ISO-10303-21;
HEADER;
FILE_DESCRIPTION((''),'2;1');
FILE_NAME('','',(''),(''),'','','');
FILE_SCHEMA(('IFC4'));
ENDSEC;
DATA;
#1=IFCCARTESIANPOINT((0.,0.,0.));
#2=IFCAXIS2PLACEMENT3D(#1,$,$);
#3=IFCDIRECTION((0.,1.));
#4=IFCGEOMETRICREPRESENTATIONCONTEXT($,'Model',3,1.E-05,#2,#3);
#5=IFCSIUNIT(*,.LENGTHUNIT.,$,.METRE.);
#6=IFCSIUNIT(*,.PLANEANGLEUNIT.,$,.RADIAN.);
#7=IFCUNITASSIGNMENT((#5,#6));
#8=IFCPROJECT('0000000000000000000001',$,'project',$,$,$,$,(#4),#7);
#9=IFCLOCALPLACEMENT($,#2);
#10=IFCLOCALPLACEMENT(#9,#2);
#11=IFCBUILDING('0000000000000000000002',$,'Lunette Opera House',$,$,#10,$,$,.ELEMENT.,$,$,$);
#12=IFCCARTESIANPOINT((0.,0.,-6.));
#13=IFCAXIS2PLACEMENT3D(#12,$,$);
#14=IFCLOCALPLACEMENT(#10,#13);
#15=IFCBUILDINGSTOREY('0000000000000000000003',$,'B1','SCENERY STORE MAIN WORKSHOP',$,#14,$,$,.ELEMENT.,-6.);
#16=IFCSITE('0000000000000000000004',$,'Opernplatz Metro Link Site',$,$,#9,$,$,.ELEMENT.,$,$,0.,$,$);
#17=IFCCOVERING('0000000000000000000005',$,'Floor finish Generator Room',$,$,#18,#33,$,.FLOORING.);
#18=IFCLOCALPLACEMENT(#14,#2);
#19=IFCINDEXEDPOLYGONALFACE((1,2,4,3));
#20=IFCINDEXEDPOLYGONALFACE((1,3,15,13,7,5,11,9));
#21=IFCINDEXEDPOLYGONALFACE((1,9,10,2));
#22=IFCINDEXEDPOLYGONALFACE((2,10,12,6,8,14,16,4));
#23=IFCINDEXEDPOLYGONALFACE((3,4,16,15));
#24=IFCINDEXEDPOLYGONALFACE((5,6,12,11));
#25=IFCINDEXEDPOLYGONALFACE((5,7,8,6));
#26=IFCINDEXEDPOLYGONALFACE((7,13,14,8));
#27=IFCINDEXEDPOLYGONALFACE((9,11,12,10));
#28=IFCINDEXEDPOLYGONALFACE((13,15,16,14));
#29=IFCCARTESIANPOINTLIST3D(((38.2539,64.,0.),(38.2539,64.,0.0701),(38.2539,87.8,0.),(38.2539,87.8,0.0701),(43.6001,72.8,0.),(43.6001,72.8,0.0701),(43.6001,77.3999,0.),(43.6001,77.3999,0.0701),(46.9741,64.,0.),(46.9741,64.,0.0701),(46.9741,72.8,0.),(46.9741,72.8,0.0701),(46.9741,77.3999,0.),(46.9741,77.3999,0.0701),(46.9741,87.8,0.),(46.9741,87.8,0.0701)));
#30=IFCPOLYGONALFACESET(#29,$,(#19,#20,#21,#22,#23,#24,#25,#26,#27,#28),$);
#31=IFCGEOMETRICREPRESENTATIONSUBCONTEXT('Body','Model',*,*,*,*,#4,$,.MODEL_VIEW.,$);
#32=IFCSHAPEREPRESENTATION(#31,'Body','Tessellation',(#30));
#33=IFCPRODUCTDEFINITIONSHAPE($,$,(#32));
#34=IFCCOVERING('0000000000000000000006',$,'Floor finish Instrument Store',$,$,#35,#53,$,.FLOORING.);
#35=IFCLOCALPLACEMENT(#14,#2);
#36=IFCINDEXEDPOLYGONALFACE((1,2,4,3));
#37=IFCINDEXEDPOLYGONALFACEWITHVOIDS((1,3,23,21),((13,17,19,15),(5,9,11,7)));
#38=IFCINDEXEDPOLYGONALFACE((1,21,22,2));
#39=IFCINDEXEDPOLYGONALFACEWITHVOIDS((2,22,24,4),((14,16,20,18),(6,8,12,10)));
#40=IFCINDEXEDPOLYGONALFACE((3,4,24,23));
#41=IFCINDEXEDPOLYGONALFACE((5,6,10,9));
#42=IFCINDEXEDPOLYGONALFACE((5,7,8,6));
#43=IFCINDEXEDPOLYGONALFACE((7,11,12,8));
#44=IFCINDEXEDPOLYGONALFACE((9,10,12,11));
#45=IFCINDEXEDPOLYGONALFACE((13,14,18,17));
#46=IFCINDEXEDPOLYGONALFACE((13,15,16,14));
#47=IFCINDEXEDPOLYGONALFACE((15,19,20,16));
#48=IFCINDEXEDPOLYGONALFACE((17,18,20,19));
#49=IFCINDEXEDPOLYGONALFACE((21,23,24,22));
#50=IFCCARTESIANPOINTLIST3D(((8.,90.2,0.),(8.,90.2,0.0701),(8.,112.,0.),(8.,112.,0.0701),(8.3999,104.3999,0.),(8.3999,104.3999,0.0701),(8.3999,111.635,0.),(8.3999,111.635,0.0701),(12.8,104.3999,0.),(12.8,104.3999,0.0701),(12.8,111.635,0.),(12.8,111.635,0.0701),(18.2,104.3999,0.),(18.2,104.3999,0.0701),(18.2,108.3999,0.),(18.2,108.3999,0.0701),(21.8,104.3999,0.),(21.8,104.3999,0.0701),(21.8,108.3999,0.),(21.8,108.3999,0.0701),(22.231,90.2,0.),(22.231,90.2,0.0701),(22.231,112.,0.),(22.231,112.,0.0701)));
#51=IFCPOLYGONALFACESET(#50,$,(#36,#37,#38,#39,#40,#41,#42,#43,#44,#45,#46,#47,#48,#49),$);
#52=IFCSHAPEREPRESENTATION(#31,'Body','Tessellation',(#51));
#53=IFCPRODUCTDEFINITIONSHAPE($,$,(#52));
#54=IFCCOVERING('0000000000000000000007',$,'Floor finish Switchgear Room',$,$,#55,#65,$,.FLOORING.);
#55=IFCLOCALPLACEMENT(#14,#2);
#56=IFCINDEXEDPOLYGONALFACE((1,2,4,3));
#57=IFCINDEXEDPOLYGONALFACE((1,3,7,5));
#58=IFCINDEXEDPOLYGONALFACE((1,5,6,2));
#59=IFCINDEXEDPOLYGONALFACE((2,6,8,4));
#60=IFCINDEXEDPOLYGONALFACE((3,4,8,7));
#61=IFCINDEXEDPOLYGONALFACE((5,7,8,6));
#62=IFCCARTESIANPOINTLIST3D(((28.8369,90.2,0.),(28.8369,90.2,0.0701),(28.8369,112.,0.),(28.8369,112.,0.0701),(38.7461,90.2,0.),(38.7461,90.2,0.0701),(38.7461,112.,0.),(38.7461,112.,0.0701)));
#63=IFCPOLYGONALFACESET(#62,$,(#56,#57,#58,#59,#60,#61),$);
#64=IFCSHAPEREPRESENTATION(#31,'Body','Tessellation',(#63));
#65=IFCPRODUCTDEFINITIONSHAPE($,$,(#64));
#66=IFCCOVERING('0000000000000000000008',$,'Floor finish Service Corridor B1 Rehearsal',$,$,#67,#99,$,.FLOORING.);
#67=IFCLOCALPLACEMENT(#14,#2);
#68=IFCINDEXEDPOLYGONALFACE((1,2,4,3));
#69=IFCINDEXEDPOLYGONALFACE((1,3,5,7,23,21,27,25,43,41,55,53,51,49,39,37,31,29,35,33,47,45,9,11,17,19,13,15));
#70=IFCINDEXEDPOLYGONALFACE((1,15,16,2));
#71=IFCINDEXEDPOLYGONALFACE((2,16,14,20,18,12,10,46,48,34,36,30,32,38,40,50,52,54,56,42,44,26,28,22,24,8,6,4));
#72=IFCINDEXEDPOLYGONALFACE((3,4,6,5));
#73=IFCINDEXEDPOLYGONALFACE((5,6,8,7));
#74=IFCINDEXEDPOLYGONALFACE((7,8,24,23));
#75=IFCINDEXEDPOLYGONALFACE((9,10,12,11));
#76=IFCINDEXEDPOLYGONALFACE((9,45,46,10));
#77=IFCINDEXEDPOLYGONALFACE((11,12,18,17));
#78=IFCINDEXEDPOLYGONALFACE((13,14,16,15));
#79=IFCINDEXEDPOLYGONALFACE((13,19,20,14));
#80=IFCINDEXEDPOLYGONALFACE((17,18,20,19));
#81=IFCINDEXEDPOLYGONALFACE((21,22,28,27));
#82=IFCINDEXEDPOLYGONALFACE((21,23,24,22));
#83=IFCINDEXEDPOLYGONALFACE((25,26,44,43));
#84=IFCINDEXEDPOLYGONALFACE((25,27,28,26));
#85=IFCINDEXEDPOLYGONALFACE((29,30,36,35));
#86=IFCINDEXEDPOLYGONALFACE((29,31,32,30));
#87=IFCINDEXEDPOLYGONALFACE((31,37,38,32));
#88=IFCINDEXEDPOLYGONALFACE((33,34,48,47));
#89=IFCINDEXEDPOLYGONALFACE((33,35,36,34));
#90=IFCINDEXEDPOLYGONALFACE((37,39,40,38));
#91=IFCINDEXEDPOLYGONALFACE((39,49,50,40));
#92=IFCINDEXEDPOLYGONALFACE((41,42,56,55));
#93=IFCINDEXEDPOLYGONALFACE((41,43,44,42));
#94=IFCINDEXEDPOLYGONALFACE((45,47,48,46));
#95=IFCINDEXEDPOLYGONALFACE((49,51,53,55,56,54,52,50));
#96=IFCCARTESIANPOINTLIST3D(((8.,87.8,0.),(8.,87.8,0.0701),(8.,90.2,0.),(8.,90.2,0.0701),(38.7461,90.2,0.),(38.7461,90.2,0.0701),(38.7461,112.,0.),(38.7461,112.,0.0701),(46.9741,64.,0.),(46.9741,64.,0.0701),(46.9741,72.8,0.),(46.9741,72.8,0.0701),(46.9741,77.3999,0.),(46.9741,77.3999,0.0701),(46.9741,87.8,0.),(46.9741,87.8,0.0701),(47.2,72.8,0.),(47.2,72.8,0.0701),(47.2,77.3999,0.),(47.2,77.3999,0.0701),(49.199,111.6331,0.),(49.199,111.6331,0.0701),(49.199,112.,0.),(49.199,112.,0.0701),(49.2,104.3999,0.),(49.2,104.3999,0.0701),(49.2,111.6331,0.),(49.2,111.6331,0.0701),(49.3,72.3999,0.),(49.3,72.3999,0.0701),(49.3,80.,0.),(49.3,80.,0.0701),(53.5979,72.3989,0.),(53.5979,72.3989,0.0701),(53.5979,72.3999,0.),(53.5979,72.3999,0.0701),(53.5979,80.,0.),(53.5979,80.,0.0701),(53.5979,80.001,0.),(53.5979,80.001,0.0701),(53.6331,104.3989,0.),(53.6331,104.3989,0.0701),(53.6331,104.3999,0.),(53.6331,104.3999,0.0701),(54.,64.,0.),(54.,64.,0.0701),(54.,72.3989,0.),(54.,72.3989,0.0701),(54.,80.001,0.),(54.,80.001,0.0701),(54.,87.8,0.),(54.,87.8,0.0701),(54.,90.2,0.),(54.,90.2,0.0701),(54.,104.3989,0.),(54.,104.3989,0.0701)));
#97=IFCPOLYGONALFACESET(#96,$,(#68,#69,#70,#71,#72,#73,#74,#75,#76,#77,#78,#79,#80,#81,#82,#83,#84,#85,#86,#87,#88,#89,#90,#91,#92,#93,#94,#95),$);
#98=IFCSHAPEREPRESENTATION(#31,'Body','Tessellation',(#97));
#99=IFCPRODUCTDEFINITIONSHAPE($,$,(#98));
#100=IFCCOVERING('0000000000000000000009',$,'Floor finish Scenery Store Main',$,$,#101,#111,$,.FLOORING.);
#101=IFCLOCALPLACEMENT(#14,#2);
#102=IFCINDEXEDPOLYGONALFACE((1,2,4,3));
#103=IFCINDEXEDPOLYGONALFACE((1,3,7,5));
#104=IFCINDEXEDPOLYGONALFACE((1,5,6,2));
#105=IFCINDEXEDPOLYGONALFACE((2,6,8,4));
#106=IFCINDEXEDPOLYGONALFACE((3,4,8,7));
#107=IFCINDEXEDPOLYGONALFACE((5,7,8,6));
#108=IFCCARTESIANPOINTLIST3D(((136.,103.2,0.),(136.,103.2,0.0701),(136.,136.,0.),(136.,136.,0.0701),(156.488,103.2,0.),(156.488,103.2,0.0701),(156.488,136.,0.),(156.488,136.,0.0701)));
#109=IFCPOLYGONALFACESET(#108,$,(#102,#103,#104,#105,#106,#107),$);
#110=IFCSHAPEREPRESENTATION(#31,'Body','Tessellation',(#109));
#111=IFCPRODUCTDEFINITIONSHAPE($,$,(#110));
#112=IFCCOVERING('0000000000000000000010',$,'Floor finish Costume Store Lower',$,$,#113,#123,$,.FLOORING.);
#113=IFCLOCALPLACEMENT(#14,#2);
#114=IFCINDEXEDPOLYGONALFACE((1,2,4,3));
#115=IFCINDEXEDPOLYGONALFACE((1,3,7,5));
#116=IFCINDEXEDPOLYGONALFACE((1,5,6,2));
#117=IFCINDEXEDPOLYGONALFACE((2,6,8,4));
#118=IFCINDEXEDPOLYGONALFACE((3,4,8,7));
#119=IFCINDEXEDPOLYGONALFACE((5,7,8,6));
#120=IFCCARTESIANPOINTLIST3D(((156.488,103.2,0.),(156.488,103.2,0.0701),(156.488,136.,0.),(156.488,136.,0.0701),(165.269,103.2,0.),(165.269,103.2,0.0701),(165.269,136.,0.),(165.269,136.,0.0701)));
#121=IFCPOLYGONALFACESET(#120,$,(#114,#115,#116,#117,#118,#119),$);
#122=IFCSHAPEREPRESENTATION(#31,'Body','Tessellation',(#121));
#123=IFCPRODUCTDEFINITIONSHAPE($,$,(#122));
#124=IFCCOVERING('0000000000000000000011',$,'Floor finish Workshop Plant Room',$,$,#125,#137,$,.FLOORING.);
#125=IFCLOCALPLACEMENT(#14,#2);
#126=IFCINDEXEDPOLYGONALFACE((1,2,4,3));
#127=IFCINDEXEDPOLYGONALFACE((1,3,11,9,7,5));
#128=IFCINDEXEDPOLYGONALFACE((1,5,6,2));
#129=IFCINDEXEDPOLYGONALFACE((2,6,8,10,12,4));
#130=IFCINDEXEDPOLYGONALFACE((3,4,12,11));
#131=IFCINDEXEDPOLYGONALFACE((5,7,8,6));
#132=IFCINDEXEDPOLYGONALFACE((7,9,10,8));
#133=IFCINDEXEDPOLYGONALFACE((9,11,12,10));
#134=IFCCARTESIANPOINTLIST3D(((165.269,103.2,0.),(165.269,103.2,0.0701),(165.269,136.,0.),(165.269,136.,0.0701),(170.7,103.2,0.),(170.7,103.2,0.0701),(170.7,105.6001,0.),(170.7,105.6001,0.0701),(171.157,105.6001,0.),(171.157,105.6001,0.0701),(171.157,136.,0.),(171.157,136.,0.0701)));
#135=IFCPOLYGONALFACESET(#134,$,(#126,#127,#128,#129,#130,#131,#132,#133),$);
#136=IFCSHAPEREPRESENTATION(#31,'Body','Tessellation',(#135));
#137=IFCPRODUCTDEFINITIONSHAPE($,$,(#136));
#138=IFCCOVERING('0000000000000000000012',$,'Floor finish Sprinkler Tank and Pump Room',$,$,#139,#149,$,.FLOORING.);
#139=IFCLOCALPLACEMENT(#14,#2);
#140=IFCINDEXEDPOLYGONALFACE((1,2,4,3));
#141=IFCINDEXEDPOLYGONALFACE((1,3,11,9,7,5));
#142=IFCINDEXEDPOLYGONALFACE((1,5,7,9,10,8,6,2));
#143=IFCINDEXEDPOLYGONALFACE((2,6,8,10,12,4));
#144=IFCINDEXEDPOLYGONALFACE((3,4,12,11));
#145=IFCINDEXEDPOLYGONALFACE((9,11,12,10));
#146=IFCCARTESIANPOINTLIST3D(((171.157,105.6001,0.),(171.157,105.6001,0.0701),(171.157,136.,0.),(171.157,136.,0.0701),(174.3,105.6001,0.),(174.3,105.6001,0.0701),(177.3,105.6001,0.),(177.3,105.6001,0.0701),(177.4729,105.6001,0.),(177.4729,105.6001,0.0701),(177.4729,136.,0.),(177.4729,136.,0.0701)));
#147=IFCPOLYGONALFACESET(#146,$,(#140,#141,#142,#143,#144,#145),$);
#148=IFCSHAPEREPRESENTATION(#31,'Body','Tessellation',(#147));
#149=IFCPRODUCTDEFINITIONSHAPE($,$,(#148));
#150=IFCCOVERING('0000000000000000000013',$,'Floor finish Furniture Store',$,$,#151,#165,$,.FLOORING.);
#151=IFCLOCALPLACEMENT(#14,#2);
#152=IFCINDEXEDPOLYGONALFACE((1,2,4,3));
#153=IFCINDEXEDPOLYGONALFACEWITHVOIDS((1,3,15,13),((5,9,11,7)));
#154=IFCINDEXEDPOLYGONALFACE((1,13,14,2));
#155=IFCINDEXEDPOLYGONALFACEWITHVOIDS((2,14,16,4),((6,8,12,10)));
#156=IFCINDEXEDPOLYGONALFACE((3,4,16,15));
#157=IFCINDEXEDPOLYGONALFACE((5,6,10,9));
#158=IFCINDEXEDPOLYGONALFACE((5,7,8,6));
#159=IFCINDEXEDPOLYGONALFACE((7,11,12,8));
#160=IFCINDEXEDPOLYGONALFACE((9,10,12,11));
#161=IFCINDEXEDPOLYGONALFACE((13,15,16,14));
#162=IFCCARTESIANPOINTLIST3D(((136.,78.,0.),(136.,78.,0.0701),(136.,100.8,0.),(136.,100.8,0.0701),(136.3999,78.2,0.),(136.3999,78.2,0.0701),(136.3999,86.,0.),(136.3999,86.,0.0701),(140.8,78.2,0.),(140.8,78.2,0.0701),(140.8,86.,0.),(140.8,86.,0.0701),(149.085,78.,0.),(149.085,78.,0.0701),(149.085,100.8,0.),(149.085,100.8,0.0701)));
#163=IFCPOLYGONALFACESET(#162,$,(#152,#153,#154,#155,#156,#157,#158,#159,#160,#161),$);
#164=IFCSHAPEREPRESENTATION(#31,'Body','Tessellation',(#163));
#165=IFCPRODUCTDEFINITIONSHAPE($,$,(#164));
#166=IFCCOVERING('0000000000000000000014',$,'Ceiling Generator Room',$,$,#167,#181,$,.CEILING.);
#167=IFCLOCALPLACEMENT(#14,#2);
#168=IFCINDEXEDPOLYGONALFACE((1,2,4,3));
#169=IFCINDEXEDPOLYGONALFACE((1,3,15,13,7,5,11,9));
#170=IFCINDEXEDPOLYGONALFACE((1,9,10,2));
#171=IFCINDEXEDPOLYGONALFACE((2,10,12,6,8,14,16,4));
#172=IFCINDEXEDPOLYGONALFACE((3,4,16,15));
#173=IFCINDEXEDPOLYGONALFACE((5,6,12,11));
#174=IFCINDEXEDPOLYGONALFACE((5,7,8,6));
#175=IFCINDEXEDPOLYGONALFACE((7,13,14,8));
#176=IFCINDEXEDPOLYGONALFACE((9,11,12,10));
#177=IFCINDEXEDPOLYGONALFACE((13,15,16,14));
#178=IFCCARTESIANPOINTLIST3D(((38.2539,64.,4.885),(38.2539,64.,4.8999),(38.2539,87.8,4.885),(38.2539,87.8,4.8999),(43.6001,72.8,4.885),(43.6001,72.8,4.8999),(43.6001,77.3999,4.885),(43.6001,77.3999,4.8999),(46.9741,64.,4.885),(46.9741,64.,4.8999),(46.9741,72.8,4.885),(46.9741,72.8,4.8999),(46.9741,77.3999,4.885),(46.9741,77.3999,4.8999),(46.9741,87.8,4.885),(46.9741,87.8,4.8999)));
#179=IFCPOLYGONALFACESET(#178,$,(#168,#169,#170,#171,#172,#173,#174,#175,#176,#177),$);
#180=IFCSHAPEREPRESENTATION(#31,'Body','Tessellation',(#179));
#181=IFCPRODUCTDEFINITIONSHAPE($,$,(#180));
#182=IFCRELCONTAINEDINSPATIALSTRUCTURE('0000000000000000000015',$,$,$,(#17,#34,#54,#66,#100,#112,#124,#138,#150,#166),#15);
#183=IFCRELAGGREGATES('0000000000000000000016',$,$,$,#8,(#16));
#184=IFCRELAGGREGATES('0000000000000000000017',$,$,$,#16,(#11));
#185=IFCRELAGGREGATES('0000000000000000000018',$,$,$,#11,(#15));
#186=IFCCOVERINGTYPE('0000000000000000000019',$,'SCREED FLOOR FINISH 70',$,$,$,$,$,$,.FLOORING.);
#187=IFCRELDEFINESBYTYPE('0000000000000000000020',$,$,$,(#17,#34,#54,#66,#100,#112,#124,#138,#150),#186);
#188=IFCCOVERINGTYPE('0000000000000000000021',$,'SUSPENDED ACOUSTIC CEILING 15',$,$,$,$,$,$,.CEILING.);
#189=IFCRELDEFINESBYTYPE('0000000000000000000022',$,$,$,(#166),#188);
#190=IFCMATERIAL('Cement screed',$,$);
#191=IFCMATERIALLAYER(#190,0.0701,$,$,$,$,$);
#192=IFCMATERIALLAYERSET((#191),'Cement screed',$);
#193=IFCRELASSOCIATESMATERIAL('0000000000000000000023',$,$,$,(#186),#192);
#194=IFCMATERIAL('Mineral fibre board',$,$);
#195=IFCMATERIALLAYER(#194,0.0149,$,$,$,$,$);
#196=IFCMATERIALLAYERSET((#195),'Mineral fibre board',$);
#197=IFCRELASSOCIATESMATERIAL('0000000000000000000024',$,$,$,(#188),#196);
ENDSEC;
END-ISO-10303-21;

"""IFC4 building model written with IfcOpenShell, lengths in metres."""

from ifc_helpers import new_model, si_unit, direction, frame, origin, place, context, subcontext, project, spatial, polyline, outline, extrude, material, layer, layer_set, type_object, element, save


model = new_model("IFC4")

# Units and contexts
model_context = context("Model", 3, precision=1e-05, world=origin(), true_north=direction((0.0, 1.0)))
body_context = subcontext(model_context, "Body", "Model", "MODEL_VIEW")
ifc_project = project(units=[si_unit("LENGTHUNIT", "METRE"), si_unit("PLANEANGLEUNIT", "RADIAN")], contexts=[model_context])

# Site, building, storey
site_placement = place(None, origin())
site = spatial("IfcSite", under=ifc_project, at=site_placement, Name="Opernplatz Metro Link Site", CompositionType="ELEMENT", RefElevation=0.0)
building_placement = place(site_placement, origin())
building = spatial("IfcBuilding", under=site, at=building_placement, Name="Lunette Opera House", CompositionType="ELEMENT")
storey_placement = place(building_placement, frame((0.0, 0.0, -6.0)))
storey = spatial("IfcBuildingStorey", under=building, at=storey_placement, Name="B1", Description="SCENERY STORE MAIN WORKSHOP", CompositionType="ELEMENT", Elevation=-6.0)

# Coverings
ifc_material_1 = material(Name="Cement screed")
ifc_layer_1 = layer(ifc_material_1, 0.0701)
ifc_layer_set_1 = layer_set([ifc_layer_1], Name="Cement screed")
covering_type_1 = type_object("IfcCoveringType", Name="SCREED FLOOR FINISH 70", PredefinedType="FLOORING", material=ifc_layer_set_1)
covering_1_placement = place(storey_placement, origin())
element("IfcCovering", 1, at=covering_1_placement, inside=storey, type_object=covering_type_1, Name="Floor finish Generator Room", PredefinedType="FLOORING", context=body_context, shape_type="SweptSolid", body=[
    extrude(outline(polyline([(38.2539, 64.0), (38.2539, 87.8), (46.9741, 87.8), (46.9741, 77.3999), (43.6001, 77.3999), (43.6001, 72.8), (46.9741, 72.8), (46.9741, 64.0), (38.2539, 64.0)])), origin(), (0.0, 0.0, 1.0), 0.0701),
])
covering_2_placement = place(storey_placement, origin())
element("IfcCovering", 2, at=covering_2_placement, inside=storey, type_object=covering_type_1, Name="Floor finish Instrument Store", PredefinedType="FLOORING", context=body_context, shape_type="SweptSolid", body=[
    extrude(outline(polyline([(8.0, 90.2), (8.0, 112.0), (22.231, 112.0), (22.231, 90.2), (8.0, 90.2)]), holes=[polyline([(18.2, 108.3999), (18.2, 104.3999), (21.8, 104.3999), (21.8, 108.3999), (18.2, 108.3999)]), polyline([(12.8, 111.635), (8.3999, 111.635), (8.3999, 104.3999), (12.8, 104.3999), (12.8, 111.635)])]), origin(), (0.0, 0.0, 1.0), 0.0701),
])
covering_3_placement = place(storey_placement, origin())
element("IfcCovering", 3, at=covering_3_placement, inside=storey, type_object=covering_type_1, Name="Floor finish Switchgear Room", PredefinedType="FLOORING", context=body_context, shape_type="SweptSolid", body=[
    extrude(outline(polyline([(28.8369, 112.0), (38.7461, 112.0), (38.7461, 90.2), (28.8369, 90.2), (28.8369, 112.0)])), origin(), (0.0, 0.0, 1.0), 0.0701),
])
covering_4_placement = place(storey_placement, origin())
element("IfcCovering", 4, at=covering_4_placement, inside=storey, type_object=covering_type_1, Name="Floor finish Service Corridor B1 Rehearsal", PredefinedType="FLOORING", context=body_context, shape_type="SweptSolid", body=[
    extrude(outline(polyline([(46.9741, 87.8), (8.0, 87.8), (8.0, 90.2), (38.7461, 90.2), (38.7461, 112.0), (49.199, 112.0), (49.199, 111.6331), (49.2, 111.6331), (49.2, 104.3999), (53.6331, 104.3999), (53.6331, 104.3989), (54.0, 104.3989), (54.0, 90.2), (54.0, 87.8), (54.0, 80.001), (53.5979, 80.001), (53.5979, 80.0), (49.3, 80.0), (49.3, 72.3999), (53.5979, 72.3999), (53.5979, 72.3989), (54.0, 72.3989), (54.0, 64.0), (46.9741, 64.0), (46.9741, 72.8), (47.2, 72.8), (47.2, 77.3999), (46.9741, 77.3999), (46.9741, 87.8)])), origin(), (0.0, 0.0, 1.0), 0.0701),
])
covering_5_placement = place(storey_placement, origin())
element("IfcCovering", 5, at=covering_5_placement, inside=storey, type_object=covering_type_1, Name="Floor finish Scenery Store Main", PredefinedType="FLOORING", context=body_context, shape_type="SweptSolid", body=[
    extrude(outline(polyline([(136.0, 103.2), (136.0, 136.0), (156.488, 136.0), (156.488, 103.2), (136.0, 103.2)])), origin(), (0.0, 0.0, 1.0), 0.0701),
])
covering_6_placement = place(storey_placement, origin())
element("IfcCovering", 6, at=covering_6_placement, inside=storey, type_object=covering_type_1, Name="Floor finish Costume Store Lower", PredefinedType="FLOORING", context=body_context, shape_type="SweptSolid", body=[
    extrude(outline(polyline([(156.488, 103.2), (156.488, 136.0), (165.269, 136.0), (165.269, 103.2), (156.488, 103.2)])), origin(), (0.0, 0.0, 1.0), 0.0701),
])
covering_7_placement = place(storey_placement, origin())
element("IfcCovering", 7, at=covering_7_placement, inside=storey, type_object=covering_type_1, Name="Floor finish Workshop Plant Room", PredefinedType="FLOORING", context=body_context, shape_type="SweptSolid", body=[
    extrude(outline(polyline([(170.7, 105.6001), (170.7, 103.2), (165.269, 103.2), (165.269, 136.0), (171.157, 136.0), (171.157, 105.6001), (170.7, 105.6001)])), origin(), (0.0, 0.0, 1.0), 0.0701),
])
covering_8_placement = place(storey_placement, origin())
element("IfcCovering", 8, at=covering_8_placement, inside=storey, type_object=covering_type_1, Name="Floor finish Sprinkler Tank and Pump Room", PredefinedType="FLOORING", context=body_context, shape_type="SweptSolid", body=[
    extrude(outline(polyline([(174.3, 105.6001), (171.157, 105.6001), (171.157, 136.0), (177.4729, 136.0), (177.4729, 105.6001), (177.3, 105.6001), (174.3, 105.6001)])), origin(), (0.0, 0.0, 1.0), 0.0701),
])
covering_9_placement = place(storey_placement, origin())
element("IfcCovering", 9, at=covering_9_placement, inside=storey, type_object=covering_type_1, Name="Floor finish Furniture Store", PredefinedType="FLOORING", context=body_context, shape_type="SweptSolid", body=[
    extrude(outline(polyline([(136.0, 100.8), (149.085, 100.8), (149.085, 78.0), (136.0, 78.0), (136.0, 100.8)]), holes=[polyline([(136.3999, 78.2), (140.8, 78.2), (140.8, 86.0), (136.3999, 86.0), (136.3999, 78.2)])]), origin(), (0.0, 0.0, 1.0), 0.0701),
])
ifc_material_2 = material(Name="Mineral fibre board")
ifc_layer_2 = layer(ifc_material_2, 0.0149)
ifc_layer_set_2 = layer_set([ifc_layer_2], Name="Mineral fibre board")
covering_type_2 = type_object("IfcCoveringType", Name="SUSPENDED ACOUSTIC CEILING 15", PredefinedType="CEILING", material=ifc_layer_set_2)
covering_10_placement = place(storey_placement, frame((0.0, 0.0, 4.885)))
element("IfcCovering", 10, at=covering_10_placement, inside=storey, type_object=covering_type_2, Name="Ceiling Generator Room", PredefinedType="CEILING", context=body_context, shape_type="SweptSolid", body=[
    extrude(outline(polyline([(38.2539, 64.0), (38.2539, 87.8), (46.9741, 87.8), (46.9741, 77.3999), (43.6001, 77.3999), (43.6001, 72.8), (46.9741, 72.8), (46.9741, 64.0), (38.2539, 64.0)])), origin(), (0.0, 0.0, 1.0), 0.0149),
])

save(model, "model.ifc")
